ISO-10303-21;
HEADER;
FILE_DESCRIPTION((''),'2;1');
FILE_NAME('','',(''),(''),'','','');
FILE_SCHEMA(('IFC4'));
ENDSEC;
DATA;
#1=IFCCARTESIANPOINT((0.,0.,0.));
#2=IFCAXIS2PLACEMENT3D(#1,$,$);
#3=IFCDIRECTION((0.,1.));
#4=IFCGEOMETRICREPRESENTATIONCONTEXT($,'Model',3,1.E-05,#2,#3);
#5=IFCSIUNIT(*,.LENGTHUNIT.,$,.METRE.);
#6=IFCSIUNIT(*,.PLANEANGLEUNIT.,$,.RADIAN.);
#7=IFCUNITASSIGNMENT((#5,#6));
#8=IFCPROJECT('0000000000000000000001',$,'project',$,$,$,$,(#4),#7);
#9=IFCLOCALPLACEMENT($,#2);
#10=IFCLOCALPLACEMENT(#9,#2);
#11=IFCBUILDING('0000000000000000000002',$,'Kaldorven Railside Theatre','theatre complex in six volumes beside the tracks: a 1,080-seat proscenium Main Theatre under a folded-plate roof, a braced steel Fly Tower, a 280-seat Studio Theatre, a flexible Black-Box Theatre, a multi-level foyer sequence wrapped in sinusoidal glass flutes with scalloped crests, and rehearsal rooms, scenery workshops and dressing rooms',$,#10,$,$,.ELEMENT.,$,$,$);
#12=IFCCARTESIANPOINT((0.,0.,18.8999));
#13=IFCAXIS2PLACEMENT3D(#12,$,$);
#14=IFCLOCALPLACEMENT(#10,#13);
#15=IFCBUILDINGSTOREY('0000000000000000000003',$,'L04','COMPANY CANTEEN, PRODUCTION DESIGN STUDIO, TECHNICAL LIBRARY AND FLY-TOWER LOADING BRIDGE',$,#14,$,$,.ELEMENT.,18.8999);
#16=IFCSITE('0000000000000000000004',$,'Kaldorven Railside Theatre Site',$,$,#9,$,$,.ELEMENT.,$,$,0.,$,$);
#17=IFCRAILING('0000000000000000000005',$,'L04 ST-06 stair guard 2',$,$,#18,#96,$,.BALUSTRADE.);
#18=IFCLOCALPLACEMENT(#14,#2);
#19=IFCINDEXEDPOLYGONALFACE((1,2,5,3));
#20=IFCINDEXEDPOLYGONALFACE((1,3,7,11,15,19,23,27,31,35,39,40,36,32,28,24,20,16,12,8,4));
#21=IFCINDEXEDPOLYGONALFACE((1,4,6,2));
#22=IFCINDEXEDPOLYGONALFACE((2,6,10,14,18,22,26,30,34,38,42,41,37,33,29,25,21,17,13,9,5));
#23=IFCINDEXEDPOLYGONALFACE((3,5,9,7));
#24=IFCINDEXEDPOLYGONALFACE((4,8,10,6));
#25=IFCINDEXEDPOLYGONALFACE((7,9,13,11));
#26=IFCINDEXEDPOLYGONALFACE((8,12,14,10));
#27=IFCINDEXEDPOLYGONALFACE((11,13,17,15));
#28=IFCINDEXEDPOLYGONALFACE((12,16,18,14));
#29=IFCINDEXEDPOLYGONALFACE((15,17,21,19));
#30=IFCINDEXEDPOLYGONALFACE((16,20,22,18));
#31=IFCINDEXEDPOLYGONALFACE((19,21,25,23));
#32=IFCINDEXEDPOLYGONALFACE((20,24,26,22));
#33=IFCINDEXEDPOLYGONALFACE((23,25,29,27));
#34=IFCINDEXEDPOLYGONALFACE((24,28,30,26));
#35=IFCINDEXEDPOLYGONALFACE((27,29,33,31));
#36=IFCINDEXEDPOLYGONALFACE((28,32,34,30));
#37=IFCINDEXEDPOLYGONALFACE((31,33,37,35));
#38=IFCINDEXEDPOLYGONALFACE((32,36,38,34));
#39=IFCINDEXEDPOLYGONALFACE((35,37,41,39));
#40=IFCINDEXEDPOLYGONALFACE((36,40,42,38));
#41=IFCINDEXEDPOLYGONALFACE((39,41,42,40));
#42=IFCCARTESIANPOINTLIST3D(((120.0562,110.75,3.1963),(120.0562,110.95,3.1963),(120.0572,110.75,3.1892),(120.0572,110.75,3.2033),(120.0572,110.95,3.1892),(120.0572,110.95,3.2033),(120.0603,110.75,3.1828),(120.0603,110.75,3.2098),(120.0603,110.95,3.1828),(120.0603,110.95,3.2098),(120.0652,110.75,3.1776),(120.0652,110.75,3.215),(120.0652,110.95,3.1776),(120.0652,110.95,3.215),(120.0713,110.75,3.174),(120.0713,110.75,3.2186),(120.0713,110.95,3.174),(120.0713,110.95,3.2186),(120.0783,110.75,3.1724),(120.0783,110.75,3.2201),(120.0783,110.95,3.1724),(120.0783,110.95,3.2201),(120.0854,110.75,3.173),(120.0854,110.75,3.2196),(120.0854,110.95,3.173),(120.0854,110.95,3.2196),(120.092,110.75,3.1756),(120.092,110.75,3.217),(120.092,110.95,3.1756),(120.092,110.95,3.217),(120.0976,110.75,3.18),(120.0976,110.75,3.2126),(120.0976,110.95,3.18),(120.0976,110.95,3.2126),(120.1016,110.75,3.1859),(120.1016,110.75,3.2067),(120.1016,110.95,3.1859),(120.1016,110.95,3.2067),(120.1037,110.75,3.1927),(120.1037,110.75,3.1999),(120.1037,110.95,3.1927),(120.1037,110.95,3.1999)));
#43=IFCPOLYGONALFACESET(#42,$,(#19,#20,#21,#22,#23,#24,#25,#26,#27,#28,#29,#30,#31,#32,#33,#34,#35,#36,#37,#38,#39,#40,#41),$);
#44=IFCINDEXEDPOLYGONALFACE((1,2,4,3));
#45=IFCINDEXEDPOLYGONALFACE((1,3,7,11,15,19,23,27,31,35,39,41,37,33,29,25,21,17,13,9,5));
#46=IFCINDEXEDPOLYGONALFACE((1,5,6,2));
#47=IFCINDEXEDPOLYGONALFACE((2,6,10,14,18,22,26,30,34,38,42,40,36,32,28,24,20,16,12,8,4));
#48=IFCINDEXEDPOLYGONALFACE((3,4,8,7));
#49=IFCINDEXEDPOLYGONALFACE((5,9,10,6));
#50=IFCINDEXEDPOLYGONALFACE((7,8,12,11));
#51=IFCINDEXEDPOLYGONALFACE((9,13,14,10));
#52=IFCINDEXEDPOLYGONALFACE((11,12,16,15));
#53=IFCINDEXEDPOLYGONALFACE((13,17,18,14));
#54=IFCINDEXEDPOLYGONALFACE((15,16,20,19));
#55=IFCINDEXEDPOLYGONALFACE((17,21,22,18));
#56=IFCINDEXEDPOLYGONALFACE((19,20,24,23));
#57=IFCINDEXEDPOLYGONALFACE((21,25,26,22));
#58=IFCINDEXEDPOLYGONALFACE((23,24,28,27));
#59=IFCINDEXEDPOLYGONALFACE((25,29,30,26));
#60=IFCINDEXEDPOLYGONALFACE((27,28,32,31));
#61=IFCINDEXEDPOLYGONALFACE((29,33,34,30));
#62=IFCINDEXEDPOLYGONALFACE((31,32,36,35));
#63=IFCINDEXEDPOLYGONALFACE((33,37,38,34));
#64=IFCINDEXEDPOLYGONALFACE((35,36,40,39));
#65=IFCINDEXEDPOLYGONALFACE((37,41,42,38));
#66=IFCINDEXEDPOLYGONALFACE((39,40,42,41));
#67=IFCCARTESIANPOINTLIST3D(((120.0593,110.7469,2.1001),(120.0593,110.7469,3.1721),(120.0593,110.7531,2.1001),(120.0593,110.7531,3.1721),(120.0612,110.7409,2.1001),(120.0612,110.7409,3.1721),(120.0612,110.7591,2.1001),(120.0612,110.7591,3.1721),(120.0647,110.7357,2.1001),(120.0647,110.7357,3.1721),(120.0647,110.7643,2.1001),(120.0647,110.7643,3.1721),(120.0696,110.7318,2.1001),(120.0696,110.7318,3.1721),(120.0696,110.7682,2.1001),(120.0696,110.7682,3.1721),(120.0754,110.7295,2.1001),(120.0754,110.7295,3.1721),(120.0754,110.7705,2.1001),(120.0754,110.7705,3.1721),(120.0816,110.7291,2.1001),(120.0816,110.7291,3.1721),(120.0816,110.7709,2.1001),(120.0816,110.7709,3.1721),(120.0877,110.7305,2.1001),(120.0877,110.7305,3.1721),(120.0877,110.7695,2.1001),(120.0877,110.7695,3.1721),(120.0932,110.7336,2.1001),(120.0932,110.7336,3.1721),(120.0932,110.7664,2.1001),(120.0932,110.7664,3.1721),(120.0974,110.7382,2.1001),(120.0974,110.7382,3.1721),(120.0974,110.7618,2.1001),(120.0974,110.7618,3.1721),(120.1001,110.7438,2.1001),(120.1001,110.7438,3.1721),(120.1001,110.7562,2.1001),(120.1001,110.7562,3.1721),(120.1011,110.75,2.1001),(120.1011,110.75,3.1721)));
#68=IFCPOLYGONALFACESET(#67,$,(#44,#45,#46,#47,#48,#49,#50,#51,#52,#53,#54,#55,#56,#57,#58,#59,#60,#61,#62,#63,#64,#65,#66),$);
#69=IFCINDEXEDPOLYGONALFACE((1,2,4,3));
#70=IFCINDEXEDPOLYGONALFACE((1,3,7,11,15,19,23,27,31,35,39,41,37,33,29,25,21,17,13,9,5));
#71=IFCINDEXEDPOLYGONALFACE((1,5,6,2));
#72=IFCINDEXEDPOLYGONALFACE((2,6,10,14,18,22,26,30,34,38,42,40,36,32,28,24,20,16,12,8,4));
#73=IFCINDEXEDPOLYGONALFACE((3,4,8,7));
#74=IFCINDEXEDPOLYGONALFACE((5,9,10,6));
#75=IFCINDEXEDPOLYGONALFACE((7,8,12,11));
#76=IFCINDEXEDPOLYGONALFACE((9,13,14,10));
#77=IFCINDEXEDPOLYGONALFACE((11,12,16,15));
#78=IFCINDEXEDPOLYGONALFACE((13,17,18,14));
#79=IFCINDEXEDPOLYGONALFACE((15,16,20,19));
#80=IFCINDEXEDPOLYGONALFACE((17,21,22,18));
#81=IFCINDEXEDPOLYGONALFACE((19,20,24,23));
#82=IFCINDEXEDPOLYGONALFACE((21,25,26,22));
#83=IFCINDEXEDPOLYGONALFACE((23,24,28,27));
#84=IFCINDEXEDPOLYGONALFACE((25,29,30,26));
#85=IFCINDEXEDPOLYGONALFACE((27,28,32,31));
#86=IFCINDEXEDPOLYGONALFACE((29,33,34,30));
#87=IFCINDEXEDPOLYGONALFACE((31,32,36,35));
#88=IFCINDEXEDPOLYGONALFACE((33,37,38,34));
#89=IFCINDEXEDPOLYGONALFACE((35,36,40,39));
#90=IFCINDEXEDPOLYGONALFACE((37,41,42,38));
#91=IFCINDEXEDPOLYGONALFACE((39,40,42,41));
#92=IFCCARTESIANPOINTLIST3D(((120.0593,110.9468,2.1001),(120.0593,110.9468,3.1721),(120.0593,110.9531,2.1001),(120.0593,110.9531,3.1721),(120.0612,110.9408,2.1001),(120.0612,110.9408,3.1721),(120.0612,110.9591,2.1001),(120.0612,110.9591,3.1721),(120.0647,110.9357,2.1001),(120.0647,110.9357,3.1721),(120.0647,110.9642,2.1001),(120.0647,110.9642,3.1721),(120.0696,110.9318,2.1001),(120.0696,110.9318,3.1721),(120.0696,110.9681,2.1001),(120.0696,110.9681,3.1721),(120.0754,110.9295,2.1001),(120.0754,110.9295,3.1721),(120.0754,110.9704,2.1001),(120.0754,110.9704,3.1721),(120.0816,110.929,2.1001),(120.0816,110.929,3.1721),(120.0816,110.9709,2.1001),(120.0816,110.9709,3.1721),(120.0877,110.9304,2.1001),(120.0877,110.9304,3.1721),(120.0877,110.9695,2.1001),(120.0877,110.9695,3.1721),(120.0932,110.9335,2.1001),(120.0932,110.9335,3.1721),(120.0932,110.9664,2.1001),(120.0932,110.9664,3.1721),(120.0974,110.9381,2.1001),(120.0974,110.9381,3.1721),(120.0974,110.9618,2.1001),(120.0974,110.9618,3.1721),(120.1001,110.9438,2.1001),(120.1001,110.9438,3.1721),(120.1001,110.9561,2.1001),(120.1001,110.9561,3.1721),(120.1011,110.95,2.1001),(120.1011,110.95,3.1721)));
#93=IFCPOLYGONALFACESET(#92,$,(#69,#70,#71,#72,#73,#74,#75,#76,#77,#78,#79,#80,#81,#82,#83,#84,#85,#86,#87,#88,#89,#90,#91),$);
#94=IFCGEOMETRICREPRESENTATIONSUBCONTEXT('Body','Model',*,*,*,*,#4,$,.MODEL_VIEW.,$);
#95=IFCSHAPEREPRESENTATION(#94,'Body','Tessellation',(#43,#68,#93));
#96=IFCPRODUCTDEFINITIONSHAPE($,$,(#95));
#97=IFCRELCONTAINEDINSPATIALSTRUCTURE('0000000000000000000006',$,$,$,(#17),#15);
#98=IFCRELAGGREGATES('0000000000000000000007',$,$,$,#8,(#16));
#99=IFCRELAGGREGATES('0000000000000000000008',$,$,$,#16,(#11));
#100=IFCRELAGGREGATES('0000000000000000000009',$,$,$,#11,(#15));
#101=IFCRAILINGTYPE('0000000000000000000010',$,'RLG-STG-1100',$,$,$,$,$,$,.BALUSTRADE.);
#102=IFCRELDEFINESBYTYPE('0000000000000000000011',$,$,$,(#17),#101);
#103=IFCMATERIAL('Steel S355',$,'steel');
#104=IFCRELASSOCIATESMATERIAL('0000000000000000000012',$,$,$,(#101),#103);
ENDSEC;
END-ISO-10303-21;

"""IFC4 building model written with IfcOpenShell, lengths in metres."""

from ifc_helpers import new_model, si_unit, direction, frame, origin, origin_2d, place, context, subcontext, project, spatial, circle, extrude, material, type_object, element, save


model = new_model("IFC4")

# Units and contexts
model_context = context("Model", 3, precision=1e-05, world=origin(), true_north=direction((0.0, 1.0)))
body_context = subcontext(model_context, "Body", "Model", "MODEL_VIEW")
ifc_project = project(units=[si_unit("LENGTHUNIT", "METRE"), si_unit("PLANEANGLEUNIT", "RADIAN")], contexts=[model_context])

# Site, building, storey
site_placement = place(None, origin())
site = spatial("IfcSite", under=ifc_project, at=site_placement, Name="Kaldorven Railside Theatre Site", CompositionType="ELEMENT", RefElevation=0.0)
building_placement = place(site_placement, origin())
building = spatial("IfcBuilding", under=site, at=building_placement, Name="Kaldorven Railside Theatre", Description="theatre complex in six volumes beside the tracks: a 1,080-seat proscenium Main Theatre under a folded-plate roof, a braced steel Fly Tower, a 280-seat Studio Theatre, a flexible Black-Box Theatre, a multi-level foyer sequence wrapped in sinusoidal glass flutes with scalloped crests, and rehearsal rooms, scenery workshops and dressing rooms", CompositionType="ELEMENT")
storey_placement = place(building_placement, frame((0.0, 0.0, 18.8999)))
storey = spatial("IfcBuildingStorey", under=building, at=storey_placement, Name="L04", Description="COMPANY CANTEEN, PRODUCTION DESIGN STUDIO, TECHNICAL LIBRARY AND FLY-TOWER LOADING BRIDGE", CompositionType="ELEMENT", Elevation=18.8999)

# Shared definitions
ifc_material_1 = material(Name="Steel S355", Category="steel")

# Railing
railing_type_1 = type_object("IfcRailingType", Name="RLG-STG-1100", PredefinedType="BALUSTRADE", material=ifc_material_1)
railing_1_placement = place(storey_placement, frame((120.0801, 110.75, 2.1001)))
element("IfcRailing", 1, at=railing_1_placement, inside=storey, type_object=railing_type_1, Name="L04 ST-06 stair guard 2", PredefinedType="BALUSTRADE", context=body_context, shape_type="SweptSolid", body=[
    extrude(circle(Radius=0.0239, at=origin_2d()), frame((0.0, 0.0, 1.0962), z_axis=(0.0, 1.0, 0.0), x_axis=(-1.0, 0.0, 0.0)), (0.0, 0.0, 1.0), 0.2),
    extrude(circle(Radius=0.021, at=origin_2d()), origin(), (0.0, 0.0, 1.0), 1.072),
    extrude(circle(Radius=0.021, at=origin_2d()), frame((0.0, 0.2, 0.0)), (0.0, 0.0, 1.0), 1.072),
])

save(model, "model.ifc")
